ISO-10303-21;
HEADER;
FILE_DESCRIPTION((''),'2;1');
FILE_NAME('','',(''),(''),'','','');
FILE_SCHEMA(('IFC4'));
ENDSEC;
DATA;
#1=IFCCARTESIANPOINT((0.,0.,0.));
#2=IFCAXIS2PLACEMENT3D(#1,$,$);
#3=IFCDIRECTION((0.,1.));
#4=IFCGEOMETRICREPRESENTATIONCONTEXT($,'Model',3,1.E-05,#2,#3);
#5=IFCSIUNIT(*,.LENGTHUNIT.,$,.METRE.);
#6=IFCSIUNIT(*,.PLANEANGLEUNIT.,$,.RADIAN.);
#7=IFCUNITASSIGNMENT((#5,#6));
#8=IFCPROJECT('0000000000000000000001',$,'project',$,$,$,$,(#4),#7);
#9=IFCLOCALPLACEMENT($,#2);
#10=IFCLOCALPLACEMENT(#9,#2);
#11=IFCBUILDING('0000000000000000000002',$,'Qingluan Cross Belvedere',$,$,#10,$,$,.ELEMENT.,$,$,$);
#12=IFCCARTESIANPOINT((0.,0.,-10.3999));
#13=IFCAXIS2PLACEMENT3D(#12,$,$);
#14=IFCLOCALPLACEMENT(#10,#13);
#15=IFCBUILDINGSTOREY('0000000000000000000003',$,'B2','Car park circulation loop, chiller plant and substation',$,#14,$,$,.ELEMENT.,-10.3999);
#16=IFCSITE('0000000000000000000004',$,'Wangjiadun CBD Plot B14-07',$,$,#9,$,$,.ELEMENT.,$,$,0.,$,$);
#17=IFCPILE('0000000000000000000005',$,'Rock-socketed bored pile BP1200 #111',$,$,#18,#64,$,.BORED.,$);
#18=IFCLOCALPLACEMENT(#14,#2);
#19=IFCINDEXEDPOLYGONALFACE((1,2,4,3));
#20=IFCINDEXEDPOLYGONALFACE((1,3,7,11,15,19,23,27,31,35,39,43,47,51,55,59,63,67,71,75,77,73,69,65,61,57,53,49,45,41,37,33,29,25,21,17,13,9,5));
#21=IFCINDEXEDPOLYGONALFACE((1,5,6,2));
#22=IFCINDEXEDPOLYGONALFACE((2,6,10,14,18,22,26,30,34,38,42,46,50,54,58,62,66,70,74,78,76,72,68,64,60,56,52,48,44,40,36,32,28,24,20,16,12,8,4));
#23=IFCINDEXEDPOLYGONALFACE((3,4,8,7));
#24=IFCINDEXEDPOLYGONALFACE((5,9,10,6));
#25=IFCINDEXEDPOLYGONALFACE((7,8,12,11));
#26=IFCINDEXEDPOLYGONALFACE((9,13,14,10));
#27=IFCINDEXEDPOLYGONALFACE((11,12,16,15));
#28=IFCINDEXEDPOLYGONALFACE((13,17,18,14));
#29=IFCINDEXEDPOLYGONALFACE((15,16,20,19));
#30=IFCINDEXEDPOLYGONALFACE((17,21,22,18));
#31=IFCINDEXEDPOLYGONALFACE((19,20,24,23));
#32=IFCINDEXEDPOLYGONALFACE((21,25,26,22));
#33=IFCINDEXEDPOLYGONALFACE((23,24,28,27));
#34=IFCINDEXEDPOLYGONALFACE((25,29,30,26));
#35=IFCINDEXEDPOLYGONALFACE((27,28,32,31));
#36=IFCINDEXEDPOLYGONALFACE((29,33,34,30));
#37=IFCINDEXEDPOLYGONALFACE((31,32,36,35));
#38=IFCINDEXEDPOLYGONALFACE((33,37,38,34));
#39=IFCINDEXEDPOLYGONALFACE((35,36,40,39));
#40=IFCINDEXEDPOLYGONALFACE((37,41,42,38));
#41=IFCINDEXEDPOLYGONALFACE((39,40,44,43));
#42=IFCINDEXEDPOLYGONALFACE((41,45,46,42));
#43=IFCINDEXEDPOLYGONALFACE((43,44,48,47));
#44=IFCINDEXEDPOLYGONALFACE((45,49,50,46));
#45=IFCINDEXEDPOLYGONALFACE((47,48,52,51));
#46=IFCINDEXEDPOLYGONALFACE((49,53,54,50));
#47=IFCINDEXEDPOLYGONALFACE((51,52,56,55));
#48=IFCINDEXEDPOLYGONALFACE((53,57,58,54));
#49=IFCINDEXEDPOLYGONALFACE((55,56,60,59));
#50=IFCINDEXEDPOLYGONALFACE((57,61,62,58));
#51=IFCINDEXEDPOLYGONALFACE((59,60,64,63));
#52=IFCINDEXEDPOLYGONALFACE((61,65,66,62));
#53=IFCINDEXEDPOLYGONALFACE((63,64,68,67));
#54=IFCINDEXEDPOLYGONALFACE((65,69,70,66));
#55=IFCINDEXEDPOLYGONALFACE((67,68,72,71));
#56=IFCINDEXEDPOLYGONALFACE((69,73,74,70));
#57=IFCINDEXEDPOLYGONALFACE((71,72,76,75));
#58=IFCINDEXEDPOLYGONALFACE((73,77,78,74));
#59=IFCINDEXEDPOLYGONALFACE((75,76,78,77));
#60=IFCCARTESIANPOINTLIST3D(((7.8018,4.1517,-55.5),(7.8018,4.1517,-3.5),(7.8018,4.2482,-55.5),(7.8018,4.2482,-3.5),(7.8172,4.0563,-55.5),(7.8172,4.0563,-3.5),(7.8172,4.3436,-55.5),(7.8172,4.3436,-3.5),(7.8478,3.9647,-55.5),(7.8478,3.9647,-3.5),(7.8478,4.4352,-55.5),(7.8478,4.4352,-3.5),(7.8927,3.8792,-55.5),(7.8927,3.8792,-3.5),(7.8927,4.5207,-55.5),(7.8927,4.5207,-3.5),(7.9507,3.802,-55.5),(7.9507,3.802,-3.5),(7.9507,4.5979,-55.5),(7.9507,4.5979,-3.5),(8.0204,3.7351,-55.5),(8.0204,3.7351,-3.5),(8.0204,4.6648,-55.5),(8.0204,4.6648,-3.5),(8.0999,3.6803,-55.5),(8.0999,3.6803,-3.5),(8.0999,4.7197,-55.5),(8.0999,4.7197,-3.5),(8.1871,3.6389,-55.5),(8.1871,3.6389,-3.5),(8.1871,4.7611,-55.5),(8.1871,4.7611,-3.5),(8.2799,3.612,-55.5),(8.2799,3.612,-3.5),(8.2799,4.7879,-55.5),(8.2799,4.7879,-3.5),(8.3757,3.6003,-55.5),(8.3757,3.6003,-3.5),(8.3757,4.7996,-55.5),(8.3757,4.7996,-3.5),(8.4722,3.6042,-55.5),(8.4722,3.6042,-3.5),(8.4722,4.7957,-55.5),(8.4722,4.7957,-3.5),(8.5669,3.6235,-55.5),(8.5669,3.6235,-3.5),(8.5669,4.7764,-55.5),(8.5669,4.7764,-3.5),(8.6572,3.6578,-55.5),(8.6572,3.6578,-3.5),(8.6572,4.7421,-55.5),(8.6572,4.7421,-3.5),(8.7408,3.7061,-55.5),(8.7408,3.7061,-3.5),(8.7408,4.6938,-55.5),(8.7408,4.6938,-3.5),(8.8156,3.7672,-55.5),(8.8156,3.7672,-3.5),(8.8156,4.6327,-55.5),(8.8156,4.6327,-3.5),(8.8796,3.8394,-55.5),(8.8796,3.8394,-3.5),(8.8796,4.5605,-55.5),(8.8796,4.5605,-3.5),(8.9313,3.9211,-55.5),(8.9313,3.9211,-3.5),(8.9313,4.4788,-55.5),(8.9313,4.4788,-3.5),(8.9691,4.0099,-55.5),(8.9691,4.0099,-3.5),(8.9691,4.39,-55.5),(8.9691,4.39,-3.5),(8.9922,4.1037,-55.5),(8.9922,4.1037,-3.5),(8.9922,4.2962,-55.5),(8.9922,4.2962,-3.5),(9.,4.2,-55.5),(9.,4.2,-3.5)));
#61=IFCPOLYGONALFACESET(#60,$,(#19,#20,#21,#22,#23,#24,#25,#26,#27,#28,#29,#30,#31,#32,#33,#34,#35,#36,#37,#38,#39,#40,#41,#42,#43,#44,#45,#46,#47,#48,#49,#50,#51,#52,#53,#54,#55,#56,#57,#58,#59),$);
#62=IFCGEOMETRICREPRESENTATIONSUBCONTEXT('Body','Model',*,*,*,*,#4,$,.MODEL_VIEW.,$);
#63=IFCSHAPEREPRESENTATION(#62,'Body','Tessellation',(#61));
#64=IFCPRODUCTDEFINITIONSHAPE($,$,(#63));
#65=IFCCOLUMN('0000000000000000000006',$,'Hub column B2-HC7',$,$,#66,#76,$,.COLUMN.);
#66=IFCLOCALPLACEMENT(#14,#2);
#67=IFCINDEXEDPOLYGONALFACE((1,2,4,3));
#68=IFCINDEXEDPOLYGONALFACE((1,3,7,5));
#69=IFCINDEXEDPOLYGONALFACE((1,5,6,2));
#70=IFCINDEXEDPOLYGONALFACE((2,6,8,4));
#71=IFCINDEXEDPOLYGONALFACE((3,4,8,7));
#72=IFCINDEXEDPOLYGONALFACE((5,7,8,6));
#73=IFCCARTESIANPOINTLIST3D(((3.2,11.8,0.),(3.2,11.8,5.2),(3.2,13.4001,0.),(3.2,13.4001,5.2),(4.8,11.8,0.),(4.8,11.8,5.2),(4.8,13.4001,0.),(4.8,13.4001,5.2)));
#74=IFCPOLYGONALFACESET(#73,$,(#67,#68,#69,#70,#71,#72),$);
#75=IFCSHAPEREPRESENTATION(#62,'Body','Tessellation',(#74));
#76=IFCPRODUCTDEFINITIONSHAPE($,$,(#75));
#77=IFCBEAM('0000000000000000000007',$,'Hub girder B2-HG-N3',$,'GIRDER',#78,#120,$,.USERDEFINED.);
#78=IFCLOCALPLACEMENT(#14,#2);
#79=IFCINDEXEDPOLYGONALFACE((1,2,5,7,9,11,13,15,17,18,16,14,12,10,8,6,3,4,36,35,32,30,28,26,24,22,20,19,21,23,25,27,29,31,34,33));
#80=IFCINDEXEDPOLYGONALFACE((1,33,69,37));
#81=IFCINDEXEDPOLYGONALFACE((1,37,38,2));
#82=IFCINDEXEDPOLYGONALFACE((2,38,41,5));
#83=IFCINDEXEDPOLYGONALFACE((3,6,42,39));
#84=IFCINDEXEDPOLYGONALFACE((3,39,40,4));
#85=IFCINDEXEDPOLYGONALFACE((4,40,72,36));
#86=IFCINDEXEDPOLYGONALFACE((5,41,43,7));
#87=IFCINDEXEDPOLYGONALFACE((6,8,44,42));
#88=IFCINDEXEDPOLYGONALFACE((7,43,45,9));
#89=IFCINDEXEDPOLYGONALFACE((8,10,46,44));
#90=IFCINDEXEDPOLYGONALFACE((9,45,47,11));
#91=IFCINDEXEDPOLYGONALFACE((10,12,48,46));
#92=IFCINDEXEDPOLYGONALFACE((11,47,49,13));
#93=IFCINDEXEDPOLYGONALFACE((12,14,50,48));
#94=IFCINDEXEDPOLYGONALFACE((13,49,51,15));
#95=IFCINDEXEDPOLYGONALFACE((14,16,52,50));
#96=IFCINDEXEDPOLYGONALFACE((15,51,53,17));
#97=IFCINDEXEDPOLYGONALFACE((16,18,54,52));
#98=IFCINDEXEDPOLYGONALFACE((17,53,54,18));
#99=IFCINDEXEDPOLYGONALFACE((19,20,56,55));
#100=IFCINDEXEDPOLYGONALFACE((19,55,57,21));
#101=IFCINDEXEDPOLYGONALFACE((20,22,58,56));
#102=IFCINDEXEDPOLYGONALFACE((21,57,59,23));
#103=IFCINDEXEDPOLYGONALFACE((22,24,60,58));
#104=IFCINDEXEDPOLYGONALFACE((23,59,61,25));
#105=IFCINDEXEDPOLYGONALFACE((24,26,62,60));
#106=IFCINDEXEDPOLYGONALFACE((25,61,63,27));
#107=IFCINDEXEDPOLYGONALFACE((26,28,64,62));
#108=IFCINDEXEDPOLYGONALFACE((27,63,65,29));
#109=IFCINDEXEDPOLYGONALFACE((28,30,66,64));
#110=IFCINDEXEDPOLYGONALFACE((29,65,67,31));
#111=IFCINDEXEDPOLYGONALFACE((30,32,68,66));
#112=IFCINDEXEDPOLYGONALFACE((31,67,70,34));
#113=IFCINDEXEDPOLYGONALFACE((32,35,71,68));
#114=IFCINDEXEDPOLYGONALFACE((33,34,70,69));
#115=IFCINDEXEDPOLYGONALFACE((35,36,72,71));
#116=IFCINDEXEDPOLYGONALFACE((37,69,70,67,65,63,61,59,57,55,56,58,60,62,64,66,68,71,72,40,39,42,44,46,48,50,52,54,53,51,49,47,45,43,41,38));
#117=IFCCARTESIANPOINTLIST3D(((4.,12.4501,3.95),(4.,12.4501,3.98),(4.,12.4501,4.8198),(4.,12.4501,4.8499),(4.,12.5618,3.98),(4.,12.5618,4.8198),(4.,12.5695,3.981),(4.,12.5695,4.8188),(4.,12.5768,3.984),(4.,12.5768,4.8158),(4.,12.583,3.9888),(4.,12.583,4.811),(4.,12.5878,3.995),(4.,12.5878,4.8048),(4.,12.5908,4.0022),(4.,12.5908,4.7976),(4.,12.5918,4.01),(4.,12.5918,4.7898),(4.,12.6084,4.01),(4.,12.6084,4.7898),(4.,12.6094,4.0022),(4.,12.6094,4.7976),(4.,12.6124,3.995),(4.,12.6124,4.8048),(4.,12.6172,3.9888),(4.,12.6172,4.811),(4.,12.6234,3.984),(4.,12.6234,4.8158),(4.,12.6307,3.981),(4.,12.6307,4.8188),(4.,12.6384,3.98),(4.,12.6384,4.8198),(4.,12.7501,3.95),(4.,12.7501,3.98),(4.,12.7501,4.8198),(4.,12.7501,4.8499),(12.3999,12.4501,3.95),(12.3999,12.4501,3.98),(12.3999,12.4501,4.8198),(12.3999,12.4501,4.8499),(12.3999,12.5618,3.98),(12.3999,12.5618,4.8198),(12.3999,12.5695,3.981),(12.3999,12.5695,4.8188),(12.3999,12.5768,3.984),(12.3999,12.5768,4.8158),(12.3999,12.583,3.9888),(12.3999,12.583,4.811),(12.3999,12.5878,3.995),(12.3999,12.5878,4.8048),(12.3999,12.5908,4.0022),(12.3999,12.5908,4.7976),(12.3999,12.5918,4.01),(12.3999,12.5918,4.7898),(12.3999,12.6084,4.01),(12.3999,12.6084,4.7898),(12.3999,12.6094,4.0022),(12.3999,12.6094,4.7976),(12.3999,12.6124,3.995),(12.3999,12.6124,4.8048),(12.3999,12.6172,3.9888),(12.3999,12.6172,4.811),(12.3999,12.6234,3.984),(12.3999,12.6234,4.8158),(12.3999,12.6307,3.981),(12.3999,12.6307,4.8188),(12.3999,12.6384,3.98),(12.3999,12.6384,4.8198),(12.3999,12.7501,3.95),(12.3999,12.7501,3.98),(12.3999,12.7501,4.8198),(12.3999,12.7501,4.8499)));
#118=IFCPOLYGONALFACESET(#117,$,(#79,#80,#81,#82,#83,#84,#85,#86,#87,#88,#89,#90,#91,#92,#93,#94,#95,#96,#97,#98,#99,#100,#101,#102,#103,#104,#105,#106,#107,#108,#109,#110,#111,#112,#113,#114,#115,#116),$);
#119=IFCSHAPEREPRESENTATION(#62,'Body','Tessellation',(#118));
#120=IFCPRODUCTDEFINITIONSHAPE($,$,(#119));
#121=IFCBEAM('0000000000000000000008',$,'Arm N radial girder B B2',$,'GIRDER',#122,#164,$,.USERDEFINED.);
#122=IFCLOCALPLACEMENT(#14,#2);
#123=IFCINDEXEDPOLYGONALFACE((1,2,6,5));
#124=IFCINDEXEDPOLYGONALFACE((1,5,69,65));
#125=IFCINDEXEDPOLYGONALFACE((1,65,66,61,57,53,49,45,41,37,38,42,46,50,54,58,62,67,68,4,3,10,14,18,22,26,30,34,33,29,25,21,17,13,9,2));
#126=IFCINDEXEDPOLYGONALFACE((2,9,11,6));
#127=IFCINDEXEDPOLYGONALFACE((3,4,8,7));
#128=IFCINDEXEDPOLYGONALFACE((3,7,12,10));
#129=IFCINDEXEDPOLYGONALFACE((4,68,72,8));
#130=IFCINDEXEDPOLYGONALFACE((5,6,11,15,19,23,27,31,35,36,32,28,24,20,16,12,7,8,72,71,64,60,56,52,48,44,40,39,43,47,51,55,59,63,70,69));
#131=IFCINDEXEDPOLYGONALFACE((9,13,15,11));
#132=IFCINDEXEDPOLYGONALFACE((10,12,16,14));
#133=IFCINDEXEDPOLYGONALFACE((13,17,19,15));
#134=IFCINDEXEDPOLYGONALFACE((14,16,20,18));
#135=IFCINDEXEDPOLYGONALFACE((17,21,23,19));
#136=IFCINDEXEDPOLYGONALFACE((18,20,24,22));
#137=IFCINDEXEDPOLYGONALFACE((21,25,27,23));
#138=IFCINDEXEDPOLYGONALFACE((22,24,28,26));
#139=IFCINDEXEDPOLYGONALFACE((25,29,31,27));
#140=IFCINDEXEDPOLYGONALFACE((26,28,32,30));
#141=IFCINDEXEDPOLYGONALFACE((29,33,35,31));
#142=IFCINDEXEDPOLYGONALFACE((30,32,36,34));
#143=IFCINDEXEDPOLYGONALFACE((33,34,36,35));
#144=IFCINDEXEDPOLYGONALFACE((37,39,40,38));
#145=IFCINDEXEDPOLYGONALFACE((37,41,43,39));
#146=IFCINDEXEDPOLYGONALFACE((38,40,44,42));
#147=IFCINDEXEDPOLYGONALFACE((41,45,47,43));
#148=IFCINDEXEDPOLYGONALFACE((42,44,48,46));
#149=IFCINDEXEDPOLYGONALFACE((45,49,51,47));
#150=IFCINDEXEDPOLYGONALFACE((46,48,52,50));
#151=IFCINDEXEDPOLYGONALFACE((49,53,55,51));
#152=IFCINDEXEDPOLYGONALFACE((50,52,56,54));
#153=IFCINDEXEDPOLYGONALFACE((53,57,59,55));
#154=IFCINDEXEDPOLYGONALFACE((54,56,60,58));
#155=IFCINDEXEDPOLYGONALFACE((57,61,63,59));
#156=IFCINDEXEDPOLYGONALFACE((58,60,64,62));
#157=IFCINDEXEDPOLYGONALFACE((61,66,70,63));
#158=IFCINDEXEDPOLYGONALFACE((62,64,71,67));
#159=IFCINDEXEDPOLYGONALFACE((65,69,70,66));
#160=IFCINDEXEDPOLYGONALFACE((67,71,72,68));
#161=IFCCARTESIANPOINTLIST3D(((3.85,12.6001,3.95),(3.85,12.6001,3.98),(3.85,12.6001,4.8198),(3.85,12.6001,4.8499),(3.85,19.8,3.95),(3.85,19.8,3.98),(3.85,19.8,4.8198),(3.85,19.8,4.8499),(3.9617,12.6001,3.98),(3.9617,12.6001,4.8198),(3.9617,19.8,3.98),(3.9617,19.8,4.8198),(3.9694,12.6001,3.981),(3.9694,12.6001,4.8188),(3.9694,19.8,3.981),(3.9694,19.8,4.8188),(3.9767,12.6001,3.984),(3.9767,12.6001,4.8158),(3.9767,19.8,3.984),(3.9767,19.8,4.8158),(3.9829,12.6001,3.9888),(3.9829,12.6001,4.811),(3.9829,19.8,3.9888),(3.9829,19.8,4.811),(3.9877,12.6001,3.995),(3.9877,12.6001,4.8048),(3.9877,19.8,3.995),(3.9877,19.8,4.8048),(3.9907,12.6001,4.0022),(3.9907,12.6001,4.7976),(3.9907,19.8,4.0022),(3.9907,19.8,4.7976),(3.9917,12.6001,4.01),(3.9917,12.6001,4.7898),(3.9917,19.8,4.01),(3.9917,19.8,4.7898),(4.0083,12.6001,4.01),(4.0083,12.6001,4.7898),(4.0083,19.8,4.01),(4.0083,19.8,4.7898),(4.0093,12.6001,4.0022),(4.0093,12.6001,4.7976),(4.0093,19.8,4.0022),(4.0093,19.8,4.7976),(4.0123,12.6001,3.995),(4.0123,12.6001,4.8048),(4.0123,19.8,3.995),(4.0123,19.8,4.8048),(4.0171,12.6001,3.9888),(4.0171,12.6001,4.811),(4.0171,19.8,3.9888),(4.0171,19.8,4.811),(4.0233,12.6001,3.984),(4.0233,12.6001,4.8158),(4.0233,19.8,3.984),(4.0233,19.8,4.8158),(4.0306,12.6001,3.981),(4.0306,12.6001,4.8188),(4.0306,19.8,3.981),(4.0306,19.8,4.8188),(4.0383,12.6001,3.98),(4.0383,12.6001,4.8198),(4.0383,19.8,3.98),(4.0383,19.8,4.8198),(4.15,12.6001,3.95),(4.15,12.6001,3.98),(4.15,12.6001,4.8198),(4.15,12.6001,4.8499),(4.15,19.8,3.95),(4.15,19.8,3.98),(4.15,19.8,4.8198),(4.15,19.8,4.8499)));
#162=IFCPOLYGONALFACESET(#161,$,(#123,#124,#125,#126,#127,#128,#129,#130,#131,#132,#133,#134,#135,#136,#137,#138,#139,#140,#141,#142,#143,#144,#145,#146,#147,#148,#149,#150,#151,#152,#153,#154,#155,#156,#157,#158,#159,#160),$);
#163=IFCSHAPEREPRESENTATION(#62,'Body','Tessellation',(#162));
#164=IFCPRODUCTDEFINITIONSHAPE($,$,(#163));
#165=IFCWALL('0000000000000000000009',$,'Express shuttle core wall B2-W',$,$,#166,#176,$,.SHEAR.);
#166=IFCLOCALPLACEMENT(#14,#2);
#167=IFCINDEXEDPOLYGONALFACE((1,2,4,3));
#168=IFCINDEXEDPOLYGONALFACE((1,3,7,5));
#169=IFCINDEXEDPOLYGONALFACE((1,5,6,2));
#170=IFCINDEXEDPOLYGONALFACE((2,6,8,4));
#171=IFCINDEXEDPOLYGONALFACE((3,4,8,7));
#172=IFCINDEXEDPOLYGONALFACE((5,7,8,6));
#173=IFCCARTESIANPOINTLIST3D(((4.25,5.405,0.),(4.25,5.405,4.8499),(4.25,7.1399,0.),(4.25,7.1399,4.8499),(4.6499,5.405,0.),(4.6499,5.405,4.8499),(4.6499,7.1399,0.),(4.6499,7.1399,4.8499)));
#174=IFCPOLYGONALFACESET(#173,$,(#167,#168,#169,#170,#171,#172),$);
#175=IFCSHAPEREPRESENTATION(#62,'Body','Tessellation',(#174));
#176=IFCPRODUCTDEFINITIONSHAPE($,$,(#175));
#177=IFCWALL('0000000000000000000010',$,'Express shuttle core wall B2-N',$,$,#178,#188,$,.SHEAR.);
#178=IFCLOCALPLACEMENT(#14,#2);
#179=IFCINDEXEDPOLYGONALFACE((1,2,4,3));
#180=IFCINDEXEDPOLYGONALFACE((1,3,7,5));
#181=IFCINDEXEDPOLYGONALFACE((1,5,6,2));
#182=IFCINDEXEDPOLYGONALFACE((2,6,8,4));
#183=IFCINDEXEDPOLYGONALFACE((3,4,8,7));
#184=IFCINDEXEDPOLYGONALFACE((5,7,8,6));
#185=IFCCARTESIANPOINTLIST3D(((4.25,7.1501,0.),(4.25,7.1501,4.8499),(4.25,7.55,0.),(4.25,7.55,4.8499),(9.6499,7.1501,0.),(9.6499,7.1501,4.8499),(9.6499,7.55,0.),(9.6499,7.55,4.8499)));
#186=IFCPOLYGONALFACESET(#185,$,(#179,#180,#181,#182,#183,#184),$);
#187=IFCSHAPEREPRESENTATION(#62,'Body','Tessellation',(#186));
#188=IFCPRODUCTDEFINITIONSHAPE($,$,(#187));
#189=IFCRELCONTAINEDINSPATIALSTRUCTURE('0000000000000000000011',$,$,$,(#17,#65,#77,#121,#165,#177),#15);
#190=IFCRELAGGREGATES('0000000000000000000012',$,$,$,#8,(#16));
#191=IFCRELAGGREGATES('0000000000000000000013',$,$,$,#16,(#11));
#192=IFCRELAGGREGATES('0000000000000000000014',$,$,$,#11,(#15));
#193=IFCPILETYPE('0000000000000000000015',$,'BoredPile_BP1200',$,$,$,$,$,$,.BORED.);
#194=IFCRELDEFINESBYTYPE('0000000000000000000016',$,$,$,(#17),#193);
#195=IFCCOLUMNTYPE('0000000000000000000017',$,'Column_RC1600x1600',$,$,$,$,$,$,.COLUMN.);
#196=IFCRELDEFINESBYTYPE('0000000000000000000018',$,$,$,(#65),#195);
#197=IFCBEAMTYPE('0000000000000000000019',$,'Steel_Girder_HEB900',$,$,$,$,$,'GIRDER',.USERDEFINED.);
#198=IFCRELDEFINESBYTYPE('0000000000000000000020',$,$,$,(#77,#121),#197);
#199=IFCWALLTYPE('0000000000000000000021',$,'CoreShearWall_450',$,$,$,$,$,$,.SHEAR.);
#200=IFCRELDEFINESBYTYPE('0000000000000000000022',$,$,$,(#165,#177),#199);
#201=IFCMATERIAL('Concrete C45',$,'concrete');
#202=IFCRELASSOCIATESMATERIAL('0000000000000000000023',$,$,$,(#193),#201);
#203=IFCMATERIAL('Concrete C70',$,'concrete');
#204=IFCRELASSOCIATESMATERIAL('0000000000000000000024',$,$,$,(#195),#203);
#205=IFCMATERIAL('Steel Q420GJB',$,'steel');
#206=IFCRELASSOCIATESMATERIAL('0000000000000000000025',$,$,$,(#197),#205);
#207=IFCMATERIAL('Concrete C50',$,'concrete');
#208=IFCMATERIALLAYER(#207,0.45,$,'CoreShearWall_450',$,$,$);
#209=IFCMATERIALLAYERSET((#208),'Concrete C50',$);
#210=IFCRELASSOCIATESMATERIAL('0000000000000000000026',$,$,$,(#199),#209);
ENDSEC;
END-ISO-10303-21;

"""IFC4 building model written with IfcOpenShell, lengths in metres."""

from ifc_helpers import new_model, si_unit, direction, frame, frame_2d, origin, origin_2d, place, context, subcontext, project, spatial, rectangle, circle, i_section, extrude, material, layer, layer_set, material_profile, profile_set, type_object, element, save


model = new_model("IFC4")

# Units and contexts
model_context = context("Model", 3, precision=1e-05, world=origin(), true_north=direction((0.0, 1.0)))
body_context = subcontext(model_context, "Body", "Model", "MODEL_VIEW")
ifc_project = project(units=[si_unit("LENGTHUNIT", "METRE"), si_unit("PLANEANGLEUNIT", "RADIAN")], contexts=[model_context])

# Site, building, storey
site_placement = place(None, origin())
site = spatial("IfcSite", under=ifc_project, at=site_placement, Name="Wangjiadun CBD Plot B14-07", CompositionType="ELEMENT", RefElevation=0.0)
building_placement = place(site_placement, origin())
building = spatial("IfcBuilding", under=site, at=building_placement, Name="Qingluan Cross Belvedere", CompositionType="ELEMENT")
storey_placement = place(building_placement, frame((0.0, 0.0, -10.3999)))
storey = spatial("IfcBuildingStorey", under=building, at=storey_placement, Name="B2", Description="Car park circulation loop, chiller plant and substation", CompositionType="ELEMENT", Elevation=-10.3999)

# Pile
ifc_material_1 = material(Name="Concrete C45", Category="concrete")
ifc_material_profile_1 = material_profile(ifc_material_1, circle(Radius=0.6001, at=origin_2d()), Name="BP1200")
ifc_profile_set_1 = profile_set([ifc_material_profile_1], Name="Concrete C45")
pile_type_1 = type_object("IfcPileType", Name="BoredPile_BP1200", PredefinedType="BORED", material=ifc_profile_set_1)
for number, where, z_axis, x_axis, name in (
    (1, (8.3999, 4.2, -3.5), (0.0, 0.0, -1.0), (1.0, 0.0, 0.0), "Rock-socketed bored pile BP1200 #111"),
):
    element("IfcPile", number, at=place(storey_placement, frame(where, z_axis=z_axis, x_axis=x_axis)), inside=storey, type_object=pile_type_1, Name=name, PredefinedType="BORED", context=body_context, shape_type="SweptSolid", body=[
        extrude(circle(Radius=0.6001, at=origin_2d()), origin(), (0.0, 0.0, 1.0), 52.0),
    ])

# Column
ifc_material_2 = material(Name="Concrete C70", Category="concrete")
ifc_material_profile_2 = material_profile(ifc_material_2, rectangle(XDim=1.6001, YDim=1.6001, at=origin_2d()), Name="RC1600x1600")
ifc_profile_set_2 = profile_set([ifc_material_profile_2], Name="Concrete C70")
column_type = type_object("IfcColumnType", Name="Column_RC1600x1600", PredefinedType="COLUMN", material=ifc_profile_set_2)
column_placement = place(storey_placement, frame((4.0, 12.6001, 0.0), z_axis=(0.0, 0.0, 1.0), x_axis=(1.0, 0.0, 0.0)))
element("IfcColumn", 2, at=column_placement, inside=storey, type_object=column_type, Name="Hub column B2-HC7", PredefinedType="COLUMN", context=body_context, shape_type="SweptSolid", body=[
    extrude(rectangle(XDim=1.6001, YDim=1.6001, at=origin_2d()), origin(), (0.0, 0.0, 1.0), 5.2),
])

# Beams
ifc_material_3 = material(Name="Steel Q420GJB", Category="steel")
ifc_material_profile_3 = material_profile(ifc_material_3, i_section(OverallWidth=0.3, OverallDepth=0.8999, WebThickness=0.0166, FlangeThickness=0.03, FilletRadius=0.03, at=origin_2d()), Name="HEB900")
ifc_profile_set_3 = profile_set([ifc_material_profile_3], Name="Steel Q420GJB")
beam_type = type_object("IfcBeamType", Name="Steel_Girder_HEB900", ElementType="GIRDER", PredefinedType="USERDEFINED", material=ifc_profile_set_3)
beam_1_placement = place(storey_placement, frame((4.0, 12.6001, 4.3999), z_axis=(1.0, 0.0, 0.0), x_axis=(0.0, 1.0, 0.0)))
element("IfcBeam", 3, at=beam_1_placement, inside=storey, type_object=beam_type, Name="Hub girder B2-HG-N3", ObjectType="GIRDER", PredefinedType="USERDEFINED", context=body_context, shape_type="SweptSolid", body=[
    extrude(i_section(OverallWidth=0.3, OverallDepth=0.8999, WebThickness=0.0166, FlangeThickness=0.03, FilletRadius=0.03, at=origin_2d()), origin(), (0.0, 0.0, 1.0), 8.3999),
])
beam_2_placement = place(storey_placement, frame((4.0, 12.6001, 4.3999), z_axis=(0.0, 1.0, 0.0), x_axis=(-1.0, 0.0, 0.0)))
element("IfcBeam", 4, at=beam_2_placement, inside=storey, type_object=beam_type, Name="Arm N radial girder B B2", ObjectType="GIRDER", PredefinedType="USERDEFINED", context=body_context, shape_type="SweptSolid", body=[
    extrude(i_section(OverallWidth=0.3, OverallDepth=0.8999, WebThickness=0.0166, FlangeThickness=0.03, FilletRadius=0.03, at=origin_2d()), origin(), (0.0, 0.0, 1.0), 7.2),
])

# Walls
ifc_material_4 = material(Name="Concrete C50", Category="concrete")
ifc_layer_1 = layer(ifc_material_4, 0.45, Name="CoreShearWall_450")
ifc_layer_set_1 = layer_set([ifc_layer_1], Name="Concrete C50")
wall_type_1 = type_object("IfcWallType", Name="CoreShearWall_450", PredefinedType="SHEAR", material=ifc_layer_set_1)
wall_1_placement = place(storey_placement, frame((4.45, 5.405, 0.0), z_axis=(0.0, 0.0, 1.0), x_axis=(0.0, 1.0, 0.0)))
element("IfcWall", 5, at=wall_1_placement, inside=storey, type_object=wall_type_1, Name="Express shuttle core wall B2-W", PredefinedType="SHEAR", context=body_context, shape_type="SweptSolid", body=[
    extrude(rectangle(XDim=1.7349, YDim=0.3999, at=frame_2d((0.8674, 0.0))), origin(), (0.0, 0.0, 1.0), 4.8499),
])
wall_2_placement = place(storey_placement, frame((4.25, 7.3501, 0.0), z_axis=(0.0, 0.0, 1.0), x_axis=(1.0, 0.0, 0.0)))
element("IfcWall", 6, at=wall_2_placement, inside=storey, type_object=wall_type_1, Name="Express shuttle core wall B2-N", PredefinedType="SHEAR", context=body_context, shape_type="SweptSolid", body=[
    extrude(rectangle(XDim=5.3999, YDim=0.3999, at=frame_2d((2.7, 0.0))), origin(), (0.0, 0.0, 1.0), 4.8499),
])

save(model, "model.ifc")
